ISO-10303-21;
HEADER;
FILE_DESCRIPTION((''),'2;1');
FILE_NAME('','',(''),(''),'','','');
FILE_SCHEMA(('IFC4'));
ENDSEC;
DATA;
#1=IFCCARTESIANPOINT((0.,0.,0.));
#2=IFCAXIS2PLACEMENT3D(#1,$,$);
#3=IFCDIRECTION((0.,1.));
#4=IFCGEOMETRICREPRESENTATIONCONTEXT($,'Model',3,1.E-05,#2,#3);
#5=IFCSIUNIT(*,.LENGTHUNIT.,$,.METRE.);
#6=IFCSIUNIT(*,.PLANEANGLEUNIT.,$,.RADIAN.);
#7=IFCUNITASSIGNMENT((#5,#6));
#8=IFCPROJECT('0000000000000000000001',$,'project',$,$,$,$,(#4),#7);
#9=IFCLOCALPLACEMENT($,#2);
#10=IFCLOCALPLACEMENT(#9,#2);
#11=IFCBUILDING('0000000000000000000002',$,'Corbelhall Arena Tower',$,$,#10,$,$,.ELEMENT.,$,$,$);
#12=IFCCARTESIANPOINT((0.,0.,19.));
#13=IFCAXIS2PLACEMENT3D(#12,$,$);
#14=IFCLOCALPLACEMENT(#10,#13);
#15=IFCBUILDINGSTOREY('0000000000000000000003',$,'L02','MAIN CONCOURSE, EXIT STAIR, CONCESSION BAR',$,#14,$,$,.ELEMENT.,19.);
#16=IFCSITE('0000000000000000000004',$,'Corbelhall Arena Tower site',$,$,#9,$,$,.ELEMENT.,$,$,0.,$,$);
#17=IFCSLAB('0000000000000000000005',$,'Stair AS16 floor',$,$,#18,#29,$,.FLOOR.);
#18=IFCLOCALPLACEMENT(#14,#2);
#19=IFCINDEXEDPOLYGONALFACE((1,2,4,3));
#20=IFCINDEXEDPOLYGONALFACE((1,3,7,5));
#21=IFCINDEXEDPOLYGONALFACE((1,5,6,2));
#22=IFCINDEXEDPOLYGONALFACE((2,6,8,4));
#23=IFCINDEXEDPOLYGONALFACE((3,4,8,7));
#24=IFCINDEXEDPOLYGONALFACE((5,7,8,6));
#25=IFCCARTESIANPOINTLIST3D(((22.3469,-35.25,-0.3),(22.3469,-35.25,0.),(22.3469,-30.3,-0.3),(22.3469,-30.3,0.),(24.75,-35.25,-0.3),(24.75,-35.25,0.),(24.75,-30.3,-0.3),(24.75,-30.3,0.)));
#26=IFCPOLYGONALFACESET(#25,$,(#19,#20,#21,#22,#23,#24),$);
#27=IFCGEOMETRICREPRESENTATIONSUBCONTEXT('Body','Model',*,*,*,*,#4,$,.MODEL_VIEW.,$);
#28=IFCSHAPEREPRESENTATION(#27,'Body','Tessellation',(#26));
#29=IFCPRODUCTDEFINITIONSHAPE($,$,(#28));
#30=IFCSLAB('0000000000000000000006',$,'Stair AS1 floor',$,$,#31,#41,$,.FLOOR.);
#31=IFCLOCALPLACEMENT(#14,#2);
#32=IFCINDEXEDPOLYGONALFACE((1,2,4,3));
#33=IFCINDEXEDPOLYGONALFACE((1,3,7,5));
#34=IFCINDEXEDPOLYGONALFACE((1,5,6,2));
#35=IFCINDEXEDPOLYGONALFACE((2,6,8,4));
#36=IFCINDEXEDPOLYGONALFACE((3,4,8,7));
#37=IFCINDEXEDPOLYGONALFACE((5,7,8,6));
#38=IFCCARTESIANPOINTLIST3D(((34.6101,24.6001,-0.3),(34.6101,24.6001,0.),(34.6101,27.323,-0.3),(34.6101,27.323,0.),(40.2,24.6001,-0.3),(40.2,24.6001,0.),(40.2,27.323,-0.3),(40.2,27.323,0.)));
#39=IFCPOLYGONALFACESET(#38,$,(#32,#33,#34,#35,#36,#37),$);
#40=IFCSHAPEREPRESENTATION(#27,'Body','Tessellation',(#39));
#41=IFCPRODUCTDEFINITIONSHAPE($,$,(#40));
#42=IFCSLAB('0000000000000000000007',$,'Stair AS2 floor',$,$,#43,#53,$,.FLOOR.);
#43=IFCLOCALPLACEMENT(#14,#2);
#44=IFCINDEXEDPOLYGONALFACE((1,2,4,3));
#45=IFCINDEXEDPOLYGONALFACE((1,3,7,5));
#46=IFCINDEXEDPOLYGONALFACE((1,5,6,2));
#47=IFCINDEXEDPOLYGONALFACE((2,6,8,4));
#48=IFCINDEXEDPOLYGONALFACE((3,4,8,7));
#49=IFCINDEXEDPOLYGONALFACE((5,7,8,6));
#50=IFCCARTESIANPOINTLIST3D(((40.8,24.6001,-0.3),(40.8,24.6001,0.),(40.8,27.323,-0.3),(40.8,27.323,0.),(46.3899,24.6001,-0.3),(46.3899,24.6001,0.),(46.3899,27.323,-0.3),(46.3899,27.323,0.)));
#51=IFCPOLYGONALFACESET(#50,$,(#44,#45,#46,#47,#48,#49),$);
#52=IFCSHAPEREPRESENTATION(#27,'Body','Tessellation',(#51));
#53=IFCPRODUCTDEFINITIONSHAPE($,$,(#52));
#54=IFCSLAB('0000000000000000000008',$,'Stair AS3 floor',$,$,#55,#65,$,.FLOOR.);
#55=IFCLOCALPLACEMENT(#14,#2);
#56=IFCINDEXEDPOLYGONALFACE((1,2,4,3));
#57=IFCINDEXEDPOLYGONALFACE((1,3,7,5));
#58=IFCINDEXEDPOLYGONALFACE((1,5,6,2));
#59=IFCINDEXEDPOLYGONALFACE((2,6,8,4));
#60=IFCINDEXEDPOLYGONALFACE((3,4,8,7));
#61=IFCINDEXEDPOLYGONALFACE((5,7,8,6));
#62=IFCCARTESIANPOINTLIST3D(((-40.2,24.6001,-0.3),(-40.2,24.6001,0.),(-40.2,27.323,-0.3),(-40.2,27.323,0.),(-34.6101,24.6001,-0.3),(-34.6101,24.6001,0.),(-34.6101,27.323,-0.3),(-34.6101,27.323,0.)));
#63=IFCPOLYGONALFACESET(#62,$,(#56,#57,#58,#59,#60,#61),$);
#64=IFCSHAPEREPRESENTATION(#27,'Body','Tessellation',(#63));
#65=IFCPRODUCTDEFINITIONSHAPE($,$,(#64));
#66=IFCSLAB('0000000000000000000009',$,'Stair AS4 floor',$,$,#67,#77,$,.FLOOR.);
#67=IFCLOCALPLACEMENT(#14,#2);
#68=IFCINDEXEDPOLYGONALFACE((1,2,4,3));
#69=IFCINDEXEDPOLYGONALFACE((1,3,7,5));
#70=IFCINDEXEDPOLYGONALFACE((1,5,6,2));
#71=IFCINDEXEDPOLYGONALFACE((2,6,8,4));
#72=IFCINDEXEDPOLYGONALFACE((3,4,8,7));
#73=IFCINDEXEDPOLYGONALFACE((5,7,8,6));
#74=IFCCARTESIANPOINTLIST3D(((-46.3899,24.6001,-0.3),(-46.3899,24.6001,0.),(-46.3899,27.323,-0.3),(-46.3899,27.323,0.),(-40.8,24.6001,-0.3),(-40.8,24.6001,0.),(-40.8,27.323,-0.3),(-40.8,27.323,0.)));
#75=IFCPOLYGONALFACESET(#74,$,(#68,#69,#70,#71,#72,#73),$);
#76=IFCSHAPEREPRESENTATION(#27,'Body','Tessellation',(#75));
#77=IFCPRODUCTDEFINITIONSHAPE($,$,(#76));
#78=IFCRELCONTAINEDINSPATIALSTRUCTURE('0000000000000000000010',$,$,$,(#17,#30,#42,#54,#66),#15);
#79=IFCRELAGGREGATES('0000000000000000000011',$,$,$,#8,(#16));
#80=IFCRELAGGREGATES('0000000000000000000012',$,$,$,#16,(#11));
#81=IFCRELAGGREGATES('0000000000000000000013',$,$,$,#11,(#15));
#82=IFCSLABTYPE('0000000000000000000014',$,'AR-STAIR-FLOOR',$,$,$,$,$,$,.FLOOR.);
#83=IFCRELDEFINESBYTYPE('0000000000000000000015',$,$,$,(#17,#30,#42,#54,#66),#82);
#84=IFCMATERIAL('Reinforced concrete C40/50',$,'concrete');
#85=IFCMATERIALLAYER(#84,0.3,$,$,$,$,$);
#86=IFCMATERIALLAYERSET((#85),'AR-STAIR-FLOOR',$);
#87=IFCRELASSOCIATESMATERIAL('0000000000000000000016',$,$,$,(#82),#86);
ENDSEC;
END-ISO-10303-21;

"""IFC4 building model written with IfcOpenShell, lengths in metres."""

from ifc_helpers import new_model, si_unit, direction, frame, origin, place, context, subcontext, project, spatial, polyline, outline, extrude, material, layer, layer_set, type_object, element, save


model = new_model("IFC4")

# Units and contexts
model_context = context("Model", 3, precision=1e-05, world=origin(), true_north=direction((0.0, 1.0)))
body_context = subcontext(model_context, "Body", "Model", "MODEL_VIEW")
ifc_project = project(units=[si_unit("LENGTHUNIT", "METRE"), si_unit("PLANEANGLEUNIT", "RADIAN")], contexts=[model_context])

# Site, building, storey
site_placement = place(None, origin())
site = spatial("IfcSite", under=ifc_project, at=site_placement, Name="Corbelhall Arena Tower site", CompositionType="ELEMENT", RefElevation=0.0)
building_placement = place(site_placement, origin())
building = spatial("IfcBuilding", under=site, at=building_placement, Name="Corbelhall Arena Tower", CompositionType="ELEMENT")
storey_placement = place(building_placement, frame((0.0, 0.0, 19.0)))
storey = spatial("IfcBuildingStorey", under=building, at=storey_placement, Name="L02", Description="MAIN CONCOURSE, EXIT STAIR, CONCESSION BAR", CompositionType="ELEMENT", Elevation=19.0)

# Shared definitions
ifc_material = material(Name="Reinforced concrete C40/50", Category="concrete")

# Slabs
ifc_layer_1 = layer(ifc_material, 0.3)
ifc_layer_set_1 = layer_set([ifc_layer_1], Name="AR-STAIR-FLOOR")
slab_type_1 = type_object("IfcSlabType", Name="AR-STAIR-FLOOR", PredefinedType="FLOOR", material=ifc_layer_set_1)
slab_1_placement = place(storey_placement, frame((0.0, 0.0, -0.3)))
element("IfcSlab", 1, at=slab_1_placement, inside=storey, type_object=slab_type_1, Name="Stair AS16 floor", PredefinedType="FLOOR", context=body_context, shape_type="SweptSolid", body=[
    extrude(outline(polyline([(24.75, -30.3), (24.75, -35.25), (22.3469, -35.25), (22.3469, -30.3), (24.75, -30.3)])), origin(), (0.0, 0.0, 1.0), 0.3),
])
slab_2_placement = place(storey_placement, frame((0.0, 0.0, -0.3)))
element("IfcSlab", 2, at=slab_2_placement, inside=storey, type_object=slab_type_1, Name="Stair AS1 floor", PredefinedType="FLOOR", context=body_context, shape_type="SweptSolid", body=[
    extrude(outline(polyline([(40.2, 24.6001), (34.6101, 24.6001), (34.6101, 27.323), (40.2, 27.323), (40.2, 24.6001)])), origin(), (0.0, 0.0, 1.0), 0.3),
])
slab_3_placement = place(storey_placement, frame((0.0, 0.0, -0.3)))
element("IfcSlab", 3, at=slab_3_placement, inside=storey, type_object=slab_type_1, Name="Stair AS2 floor", PredefinedType="FLOOR", context=body_context, shape_type="SweptSolid", body=[
    extrude(outline(polyline([(46.3899, 24.6001), (40.8, 24.6001), (40.8, 27.323), (46.3899, 27.323), (46.3899, 24.6001)])), origin(), (0.0, 0.0, 1.0), 0.3),
])
slab_4_placement = place(storey_placement, frame((0.0, 0.0, -0.3)))
element("IfcSlab", 4, at=slab_4_placement, inside=storey, type_object=slab_type_1, Name="Stair AS3 floor", PredefinedType="FLOOR", context=body_context, shape_type="SweptSolid", body=[
    extrude(outline(polyline([(-34.6101, 24.6001), (-40.2, 24.6001), (-40.2, 27.323), (-34.6101, 27.323), (-34.6101, 24.6001)])), origin(), (0.0, 0.0, 1.0), 0.3),
])
slab_5_placement = place(storey_placement, frame((0.0, 0.0, -0.3)))
element("IfcSlab", 5, at=slab_5_placement, inside=storey, type_object=slab_type_1, Name="Stair AS4 floor", PredefinedType="FLOOR", context=body_context, shape_type="SweptSolid", body=[
    extrude(outline(polyline([(-40.8, 24.6001), (-46.3899, 24.6001), (-46.3899, 27.323), (-40.8, 27.323), (-40.8, 24.6001)])), origin(), (0.0, 0.0, 1.0), 0.3),
])

save(model, "model.ifc")
